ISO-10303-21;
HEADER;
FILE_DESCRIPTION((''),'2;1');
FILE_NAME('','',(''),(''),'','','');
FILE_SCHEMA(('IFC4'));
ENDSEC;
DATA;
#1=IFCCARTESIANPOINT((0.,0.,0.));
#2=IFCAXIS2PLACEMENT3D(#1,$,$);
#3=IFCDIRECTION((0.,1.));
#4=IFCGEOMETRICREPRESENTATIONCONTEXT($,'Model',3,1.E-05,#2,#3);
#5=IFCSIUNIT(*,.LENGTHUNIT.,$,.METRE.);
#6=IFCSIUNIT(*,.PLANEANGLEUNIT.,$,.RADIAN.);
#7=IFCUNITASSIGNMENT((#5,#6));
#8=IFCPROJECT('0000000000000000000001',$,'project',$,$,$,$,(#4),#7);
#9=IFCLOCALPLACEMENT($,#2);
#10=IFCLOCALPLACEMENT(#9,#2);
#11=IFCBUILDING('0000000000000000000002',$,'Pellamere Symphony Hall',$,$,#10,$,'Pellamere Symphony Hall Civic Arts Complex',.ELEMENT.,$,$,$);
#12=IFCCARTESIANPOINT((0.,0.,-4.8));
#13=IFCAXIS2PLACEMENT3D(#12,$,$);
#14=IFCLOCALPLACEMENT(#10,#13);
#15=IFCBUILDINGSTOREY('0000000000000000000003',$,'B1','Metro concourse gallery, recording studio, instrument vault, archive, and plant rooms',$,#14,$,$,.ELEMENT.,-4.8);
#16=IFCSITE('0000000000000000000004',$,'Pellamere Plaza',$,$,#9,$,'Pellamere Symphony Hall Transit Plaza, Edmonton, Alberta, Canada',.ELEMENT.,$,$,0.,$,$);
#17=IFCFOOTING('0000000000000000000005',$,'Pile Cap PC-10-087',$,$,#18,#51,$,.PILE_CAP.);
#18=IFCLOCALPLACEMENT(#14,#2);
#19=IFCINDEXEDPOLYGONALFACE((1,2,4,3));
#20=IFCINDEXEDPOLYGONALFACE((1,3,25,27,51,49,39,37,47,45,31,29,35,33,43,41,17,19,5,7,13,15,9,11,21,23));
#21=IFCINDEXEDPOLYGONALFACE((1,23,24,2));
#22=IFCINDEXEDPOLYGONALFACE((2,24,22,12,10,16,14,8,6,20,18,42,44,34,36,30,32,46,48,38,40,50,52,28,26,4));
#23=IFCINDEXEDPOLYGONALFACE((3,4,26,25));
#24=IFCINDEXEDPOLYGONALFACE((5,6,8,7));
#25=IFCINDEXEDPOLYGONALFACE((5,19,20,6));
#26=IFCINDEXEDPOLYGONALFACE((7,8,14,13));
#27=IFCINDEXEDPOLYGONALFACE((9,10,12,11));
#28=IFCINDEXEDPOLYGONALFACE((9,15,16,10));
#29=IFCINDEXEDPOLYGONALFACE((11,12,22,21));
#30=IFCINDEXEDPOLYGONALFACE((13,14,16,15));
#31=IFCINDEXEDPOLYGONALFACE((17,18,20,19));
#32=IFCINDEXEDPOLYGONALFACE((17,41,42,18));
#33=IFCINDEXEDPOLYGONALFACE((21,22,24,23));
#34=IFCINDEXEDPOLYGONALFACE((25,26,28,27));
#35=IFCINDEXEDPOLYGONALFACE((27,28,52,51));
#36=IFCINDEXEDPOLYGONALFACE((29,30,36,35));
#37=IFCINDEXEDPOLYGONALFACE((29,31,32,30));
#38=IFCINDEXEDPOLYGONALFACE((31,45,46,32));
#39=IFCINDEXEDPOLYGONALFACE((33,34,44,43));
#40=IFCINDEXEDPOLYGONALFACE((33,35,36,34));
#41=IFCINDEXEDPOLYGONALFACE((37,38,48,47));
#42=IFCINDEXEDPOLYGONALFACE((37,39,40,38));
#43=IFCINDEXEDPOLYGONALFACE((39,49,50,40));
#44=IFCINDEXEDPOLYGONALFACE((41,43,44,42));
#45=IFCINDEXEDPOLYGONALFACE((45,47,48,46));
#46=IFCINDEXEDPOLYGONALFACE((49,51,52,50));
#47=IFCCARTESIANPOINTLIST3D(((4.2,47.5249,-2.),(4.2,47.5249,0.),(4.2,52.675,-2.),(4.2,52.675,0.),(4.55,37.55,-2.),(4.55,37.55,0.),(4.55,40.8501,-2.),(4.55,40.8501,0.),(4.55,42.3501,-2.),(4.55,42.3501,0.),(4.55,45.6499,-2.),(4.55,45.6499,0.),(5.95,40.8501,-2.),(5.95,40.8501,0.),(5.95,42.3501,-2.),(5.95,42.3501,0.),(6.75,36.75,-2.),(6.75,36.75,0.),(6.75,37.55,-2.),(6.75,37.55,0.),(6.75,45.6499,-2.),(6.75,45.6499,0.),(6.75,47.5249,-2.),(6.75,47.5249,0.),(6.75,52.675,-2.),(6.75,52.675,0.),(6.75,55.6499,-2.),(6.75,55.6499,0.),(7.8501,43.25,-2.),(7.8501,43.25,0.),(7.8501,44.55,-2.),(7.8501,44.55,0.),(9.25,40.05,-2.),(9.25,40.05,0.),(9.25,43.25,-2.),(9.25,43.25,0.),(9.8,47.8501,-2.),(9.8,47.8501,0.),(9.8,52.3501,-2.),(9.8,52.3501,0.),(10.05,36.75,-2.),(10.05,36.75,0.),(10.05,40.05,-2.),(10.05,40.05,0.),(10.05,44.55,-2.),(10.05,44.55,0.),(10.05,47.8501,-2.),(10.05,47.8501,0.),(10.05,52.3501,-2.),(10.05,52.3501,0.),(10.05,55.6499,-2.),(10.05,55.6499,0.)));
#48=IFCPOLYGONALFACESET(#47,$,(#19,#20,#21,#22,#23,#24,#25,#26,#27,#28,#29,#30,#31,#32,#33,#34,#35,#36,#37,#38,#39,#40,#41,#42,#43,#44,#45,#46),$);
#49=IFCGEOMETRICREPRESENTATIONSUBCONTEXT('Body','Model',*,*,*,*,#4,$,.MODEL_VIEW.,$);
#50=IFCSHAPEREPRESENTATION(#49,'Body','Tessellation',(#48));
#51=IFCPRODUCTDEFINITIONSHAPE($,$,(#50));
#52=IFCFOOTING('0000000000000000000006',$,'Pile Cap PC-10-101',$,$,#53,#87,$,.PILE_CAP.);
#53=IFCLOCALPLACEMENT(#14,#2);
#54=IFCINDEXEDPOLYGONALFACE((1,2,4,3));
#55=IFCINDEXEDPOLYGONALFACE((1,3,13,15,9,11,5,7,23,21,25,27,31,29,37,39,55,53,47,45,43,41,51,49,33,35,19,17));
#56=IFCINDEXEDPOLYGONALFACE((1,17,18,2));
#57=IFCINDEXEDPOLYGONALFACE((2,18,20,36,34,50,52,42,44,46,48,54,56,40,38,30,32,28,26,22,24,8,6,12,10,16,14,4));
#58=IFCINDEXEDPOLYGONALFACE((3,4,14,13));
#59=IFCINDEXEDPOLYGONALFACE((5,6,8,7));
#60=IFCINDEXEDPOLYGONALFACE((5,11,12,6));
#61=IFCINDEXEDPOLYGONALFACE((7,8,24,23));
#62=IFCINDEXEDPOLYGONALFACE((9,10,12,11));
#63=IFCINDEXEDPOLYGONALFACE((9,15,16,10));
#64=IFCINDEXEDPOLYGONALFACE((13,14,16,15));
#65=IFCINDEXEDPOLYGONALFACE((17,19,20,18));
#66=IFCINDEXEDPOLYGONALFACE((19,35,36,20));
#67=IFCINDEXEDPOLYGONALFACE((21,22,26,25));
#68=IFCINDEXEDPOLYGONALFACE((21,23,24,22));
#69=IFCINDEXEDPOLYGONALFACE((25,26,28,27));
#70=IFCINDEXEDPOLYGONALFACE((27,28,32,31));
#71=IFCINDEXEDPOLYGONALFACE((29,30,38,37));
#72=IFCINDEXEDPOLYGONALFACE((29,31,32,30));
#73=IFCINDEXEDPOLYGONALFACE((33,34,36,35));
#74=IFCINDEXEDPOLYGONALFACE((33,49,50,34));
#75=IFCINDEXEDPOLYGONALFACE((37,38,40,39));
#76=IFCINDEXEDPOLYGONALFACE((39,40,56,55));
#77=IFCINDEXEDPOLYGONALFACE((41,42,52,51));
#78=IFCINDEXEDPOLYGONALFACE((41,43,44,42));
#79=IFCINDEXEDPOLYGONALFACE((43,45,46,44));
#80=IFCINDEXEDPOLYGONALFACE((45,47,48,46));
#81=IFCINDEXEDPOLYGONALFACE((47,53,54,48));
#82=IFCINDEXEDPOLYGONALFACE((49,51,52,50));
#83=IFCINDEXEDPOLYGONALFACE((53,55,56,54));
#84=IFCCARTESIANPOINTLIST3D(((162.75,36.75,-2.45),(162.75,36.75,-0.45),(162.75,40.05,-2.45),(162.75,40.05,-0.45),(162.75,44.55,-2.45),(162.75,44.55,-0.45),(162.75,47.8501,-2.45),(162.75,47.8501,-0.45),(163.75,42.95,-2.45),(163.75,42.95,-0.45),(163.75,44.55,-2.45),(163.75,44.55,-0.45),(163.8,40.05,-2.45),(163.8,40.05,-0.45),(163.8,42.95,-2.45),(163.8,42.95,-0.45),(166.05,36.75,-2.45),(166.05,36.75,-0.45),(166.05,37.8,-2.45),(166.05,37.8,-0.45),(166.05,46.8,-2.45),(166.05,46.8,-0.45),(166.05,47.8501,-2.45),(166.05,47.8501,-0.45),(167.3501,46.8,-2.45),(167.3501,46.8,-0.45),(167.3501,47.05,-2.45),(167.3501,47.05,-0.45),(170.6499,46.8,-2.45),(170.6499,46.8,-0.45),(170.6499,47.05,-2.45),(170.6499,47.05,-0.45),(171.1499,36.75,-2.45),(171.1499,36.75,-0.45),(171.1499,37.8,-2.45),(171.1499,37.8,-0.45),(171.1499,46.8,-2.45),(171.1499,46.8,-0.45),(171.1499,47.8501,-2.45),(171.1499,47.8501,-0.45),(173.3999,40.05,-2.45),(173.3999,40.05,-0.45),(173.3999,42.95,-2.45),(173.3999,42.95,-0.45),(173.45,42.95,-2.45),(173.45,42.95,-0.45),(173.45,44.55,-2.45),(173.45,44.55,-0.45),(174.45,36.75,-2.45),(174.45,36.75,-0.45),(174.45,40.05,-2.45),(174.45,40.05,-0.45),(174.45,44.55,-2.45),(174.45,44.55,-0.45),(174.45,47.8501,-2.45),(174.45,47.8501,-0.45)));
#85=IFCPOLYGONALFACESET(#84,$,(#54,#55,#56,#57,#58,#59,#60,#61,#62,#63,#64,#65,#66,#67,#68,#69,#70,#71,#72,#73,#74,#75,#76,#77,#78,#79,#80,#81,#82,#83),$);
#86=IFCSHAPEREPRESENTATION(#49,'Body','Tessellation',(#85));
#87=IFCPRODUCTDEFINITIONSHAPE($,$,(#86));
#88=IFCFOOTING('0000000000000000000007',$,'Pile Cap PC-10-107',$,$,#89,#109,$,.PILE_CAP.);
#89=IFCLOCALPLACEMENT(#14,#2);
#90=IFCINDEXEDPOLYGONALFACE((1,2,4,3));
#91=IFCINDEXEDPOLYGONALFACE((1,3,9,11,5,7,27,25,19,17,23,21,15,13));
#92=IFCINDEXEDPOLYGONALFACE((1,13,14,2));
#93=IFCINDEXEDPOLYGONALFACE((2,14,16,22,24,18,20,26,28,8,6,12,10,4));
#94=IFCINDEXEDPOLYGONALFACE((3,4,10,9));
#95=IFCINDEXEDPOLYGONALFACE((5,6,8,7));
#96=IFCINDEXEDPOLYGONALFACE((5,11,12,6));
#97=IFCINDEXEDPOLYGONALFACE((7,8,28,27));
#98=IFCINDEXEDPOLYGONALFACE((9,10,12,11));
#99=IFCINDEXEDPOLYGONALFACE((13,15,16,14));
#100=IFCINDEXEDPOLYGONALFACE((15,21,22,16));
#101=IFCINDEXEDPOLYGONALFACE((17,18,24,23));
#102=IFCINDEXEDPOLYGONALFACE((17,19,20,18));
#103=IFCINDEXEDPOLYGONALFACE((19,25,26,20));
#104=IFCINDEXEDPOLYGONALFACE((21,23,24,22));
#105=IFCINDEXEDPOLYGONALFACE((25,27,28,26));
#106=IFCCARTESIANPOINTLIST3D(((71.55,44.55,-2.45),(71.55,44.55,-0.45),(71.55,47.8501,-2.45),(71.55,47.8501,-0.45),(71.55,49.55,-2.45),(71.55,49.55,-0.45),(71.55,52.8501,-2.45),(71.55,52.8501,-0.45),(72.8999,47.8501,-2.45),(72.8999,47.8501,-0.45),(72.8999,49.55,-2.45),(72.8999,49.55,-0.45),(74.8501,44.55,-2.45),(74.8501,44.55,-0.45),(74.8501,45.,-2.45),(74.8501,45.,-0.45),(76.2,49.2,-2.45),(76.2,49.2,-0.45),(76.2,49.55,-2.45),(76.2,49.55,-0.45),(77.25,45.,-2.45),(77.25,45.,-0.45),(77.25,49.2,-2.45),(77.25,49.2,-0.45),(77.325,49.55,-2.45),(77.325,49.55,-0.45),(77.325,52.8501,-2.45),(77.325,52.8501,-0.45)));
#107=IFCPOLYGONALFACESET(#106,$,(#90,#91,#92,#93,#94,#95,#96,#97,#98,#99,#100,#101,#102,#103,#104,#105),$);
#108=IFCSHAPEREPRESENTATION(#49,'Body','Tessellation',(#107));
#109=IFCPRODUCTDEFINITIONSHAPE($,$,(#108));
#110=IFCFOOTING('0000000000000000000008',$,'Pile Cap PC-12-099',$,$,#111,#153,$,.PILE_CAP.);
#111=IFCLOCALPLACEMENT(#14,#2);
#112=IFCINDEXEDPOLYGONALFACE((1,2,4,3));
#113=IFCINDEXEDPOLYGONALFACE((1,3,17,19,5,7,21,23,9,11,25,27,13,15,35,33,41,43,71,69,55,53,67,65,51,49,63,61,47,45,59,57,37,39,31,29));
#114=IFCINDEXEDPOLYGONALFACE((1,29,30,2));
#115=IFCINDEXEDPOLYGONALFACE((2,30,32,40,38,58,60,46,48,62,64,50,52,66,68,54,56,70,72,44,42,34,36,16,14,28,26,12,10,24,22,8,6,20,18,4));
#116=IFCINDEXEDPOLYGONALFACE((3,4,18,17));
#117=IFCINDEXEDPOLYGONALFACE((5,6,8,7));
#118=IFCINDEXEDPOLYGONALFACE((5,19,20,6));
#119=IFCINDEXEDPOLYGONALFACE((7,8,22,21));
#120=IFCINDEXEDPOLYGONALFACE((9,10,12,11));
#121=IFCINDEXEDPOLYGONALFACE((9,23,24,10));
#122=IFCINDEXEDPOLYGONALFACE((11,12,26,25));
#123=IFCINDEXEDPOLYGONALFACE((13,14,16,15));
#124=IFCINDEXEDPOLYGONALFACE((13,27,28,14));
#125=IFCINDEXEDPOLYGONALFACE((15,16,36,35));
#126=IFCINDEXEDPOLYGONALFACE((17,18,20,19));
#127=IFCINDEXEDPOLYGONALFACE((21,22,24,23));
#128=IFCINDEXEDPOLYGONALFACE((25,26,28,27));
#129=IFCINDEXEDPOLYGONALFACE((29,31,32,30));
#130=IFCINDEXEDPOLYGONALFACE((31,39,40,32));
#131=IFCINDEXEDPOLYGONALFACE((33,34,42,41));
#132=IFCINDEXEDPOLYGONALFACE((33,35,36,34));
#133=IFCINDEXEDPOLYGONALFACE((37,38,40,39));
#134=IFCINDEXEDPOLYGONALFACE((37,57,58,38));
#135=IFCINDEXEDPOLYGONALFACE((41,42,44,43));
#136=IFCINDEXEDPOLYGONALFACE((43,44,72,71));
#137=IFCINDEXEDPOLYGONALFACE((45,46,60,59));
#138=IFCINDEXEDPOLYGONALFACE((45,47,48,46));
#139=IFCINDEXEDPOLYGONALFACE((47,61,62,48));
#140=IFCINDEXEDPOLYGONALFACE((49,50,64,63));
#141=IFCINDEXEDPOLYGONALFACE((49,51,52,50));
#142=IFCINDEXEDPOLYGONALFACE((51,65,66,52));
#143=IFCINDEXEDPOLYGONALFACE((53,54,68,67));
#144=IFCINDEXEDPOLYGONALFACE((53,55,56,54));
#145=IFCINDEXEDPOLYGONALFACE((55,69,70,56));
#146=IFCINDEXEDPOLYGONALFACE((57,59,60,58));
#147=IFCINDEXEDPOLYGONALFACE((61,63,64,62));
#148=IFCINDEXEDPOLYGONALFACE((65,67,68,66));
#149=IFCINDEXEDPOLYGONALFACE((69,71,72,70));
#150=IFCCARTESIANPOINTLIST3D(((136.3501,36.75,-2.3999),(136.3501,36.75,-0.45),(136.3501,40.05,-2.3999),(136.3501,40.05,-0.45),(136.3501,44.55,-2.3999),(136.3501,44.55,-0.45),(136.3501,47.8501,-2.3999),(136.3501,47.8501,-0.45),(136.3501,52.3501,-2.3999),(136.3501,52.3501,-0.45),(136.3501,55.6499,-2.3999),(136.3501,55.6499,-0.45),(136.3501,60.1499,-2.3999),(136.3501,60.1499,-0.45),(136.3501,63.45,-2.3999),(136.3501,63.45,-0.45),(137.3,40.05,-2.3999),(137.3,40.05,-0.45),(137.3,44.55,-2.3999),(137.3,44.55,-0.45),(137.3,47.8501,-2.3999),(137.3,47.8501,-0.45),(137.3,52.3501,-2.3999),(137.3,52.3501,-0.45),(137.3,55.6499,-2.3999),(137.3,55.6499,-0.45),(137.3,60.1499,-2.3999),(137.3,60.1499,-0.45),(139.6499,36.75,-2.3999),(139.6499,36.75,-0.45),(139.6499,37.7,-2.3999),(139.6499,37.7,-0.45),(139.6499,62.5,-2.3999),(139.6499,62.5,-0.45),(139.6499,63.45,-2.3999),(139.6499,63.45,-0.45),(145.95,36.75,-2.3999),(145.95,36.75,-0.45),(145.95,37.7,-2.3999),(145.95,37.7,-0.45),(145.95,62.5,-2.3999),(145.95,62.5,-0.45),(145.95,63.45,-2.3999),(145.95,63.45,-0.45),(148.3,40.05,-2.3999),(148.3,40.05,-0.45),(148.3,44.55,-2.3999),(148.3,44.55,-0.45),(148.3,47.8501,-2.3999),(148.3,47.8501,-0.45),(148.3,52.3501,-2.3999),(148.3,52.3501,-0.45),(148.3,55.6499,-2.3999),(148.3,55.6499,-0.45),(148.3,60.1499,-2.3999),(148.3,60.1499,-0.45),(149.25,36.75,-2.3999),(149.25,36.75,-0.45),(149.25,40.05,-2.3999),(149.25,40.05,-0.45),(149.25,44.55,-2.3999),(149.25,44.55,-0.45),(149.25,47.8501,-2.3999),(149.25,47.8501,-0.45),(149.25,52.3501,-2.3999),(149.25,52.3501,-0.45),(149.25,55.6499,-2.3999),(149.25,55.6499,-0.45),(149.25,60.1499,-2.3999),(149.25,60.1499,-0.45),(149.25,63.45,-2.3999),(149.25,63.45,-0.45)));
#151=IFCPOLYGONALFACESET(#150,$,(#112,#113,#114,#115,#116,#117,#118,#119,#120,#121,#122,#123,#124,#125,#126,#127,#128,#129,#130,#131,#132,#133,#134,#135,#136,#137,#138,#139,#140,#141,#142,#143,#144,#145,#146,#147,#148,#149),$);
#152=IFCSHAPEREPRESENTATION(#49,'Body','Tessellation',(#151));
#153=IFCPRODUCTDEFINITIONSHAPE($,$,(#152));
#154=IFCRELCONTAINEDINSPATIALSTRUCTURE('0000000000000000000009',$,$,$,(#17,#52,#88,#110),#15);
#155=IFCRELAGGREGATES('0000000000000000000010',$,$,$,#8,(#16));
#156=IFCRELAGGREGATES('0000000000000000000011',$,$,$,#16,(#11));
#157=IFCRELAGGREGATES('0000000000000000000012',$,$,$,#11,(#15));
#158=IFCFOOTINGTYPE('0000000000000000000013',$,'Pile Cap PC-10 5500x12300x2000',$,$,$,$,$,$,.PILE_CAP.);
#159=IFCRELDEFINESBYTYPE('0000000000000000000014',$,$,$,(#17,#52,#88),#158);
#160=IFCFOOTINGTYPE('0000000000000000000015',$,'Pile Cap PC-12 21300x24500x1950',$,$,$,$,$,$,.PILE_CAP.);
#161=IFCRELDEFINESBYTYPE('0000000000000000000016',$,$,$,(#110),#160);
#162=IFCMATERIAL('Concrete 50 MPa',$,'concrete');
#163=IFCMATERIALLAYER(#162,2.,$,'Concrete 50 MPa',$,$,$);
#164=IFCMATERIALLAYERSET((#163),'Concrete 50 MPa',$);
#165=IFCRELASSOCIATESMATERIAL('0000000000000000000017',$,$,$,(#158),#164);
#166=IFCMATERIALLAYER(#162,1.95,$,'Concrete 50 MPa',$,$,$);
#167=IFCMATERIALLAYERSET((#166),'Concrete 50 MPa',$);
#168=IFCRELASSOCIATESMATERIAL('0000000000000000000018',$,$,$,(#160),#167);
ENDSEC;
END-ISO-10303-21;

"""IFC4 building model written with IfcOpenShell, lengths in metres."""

from ifc_helpers import new_model, si_unit, direction, frame, origin, place, context, subcontext, project, spatial, polyline, outline, extrude, material, layer, layer_set, type_object, element, save


model = new_model("IFC4")

# Units and contexts
model_context = context("Model", 3, precision=1e-05, world=origin(), true_north=direction((0.0, 1.0)))
body_context = subcontext(model_context, "Body", "Model", "MODEL_VIEW")
ifc_project = project(units=[si_unit("LENGTHUNIT", "METRE"), si_unit("PLANEANGLEUNIT", "RADIAN")], contexts=[model_context])

# Site, building, storey
site_placement = place(None, origin())
site = spatial("IfcSite", under=ifc_project, at=site_placement, Name="Pellamere Plaza", LongName="Pellamere Symphony Hall Transit Plaza, Edmonton, Alberta, Canada", CompositionType="ELEMENT", RefElevation=0.0)
building_placement = place(site_placement, origin())
building = spatial("IfcBuilding", under=site, at=building_placement, Name="Pellamere Symphony Hall", LongName="Pellamere Symphony Hall Civic Arts Complex", CompositionType="ELEMENT")
storey_placement = place(building_placement, frame((0.0, 0.0, -4.8)))
storey = spatial("IfcBuildingStorey", under=building, at=storey_placement, Name="B1", Description="Metro concourse gallery, recording studio, instrument vault, archive, and plant rooms", CompositionType="ELEMENT", Elevation=-4.8)

# Footings
ifc_material_1 = material(Name="Concrete 50 MPa", Category="concrete")
ifc_layer_1 = layer(ifc_material_1, 2.0, Name="Concrete 50 MPa")
ifc_layer_set_1 = layer_set([ifc_layer_1], Name="Concrete 50 MPa")
footing_type_1 = type_object("IfcFootingType", Name="Pile Cap PC-10 5500x12300x2000", PredefinedType="PILE_CAP", material=ifc_layer_set_1)
footing_1_placement = place(storey_placement, frame((0.0, 0.0, -2.0)))
element("IfcFooting", 1, at=footing_1_placement, inside=storey, type_object=footing_type_1, Name="Pile Cap PC-10-087", PredefinedType="PILE_CAP", context=body_context, shape_type="SweptSolid", body=[
    extrude(outline(polyline([(4.55, 40.8501), (5.95, 40.8501), (5.95, 42.3501), (4.55, 42.3501), (4.55, 45.6499), (6.75, 45.6499), (6.75, 47.5249), (4.2, 47.5249), (4.2, 52.675), (6.75, 52.675), (6.75, 55.6499), (10.05, 55.6499), (10.05, 52.3501), (9.8, 52.3501), (9.8, 47.8501), (10.05, 47.8501), (10.05, 44.55), (7.8501, 44.55), (7.8501, 43.25), (9.25, 43.25), (9.25, 40.05), (10.05, 40.05), (10.05, 36.75), (6.75, 36.75), (6.75, 37.55), (4.55, 37.55), (4.55, 40.8501)])), origin(), (0.0, 0.0, 1.0), 2.0),
])
footing_2_placement = place(storey_placement, frame((0.0, 0.0, -2.45)))
element("IfcFooting", 2, at=footing_2_placement, inside=storey, type_object=footing_type_1, Name="Pile Cap PC-10-101", PredefinedType="PILE_CAP", context=body_context, shape_type="SweptSolid", body=[
    extrude(outline(polyline([(163.75, 42.95), (163.75, 44.55), (162.75, 44.55), (162.75, 47.8501), (166.05, 47.8501), (166.05, 46.8), (167.3501, 46.8), (167.3501, 47.05), (170.6499, 47.05), (170.6499, 46.8), (171.1499, 46.8), (171.1499, 47.8501), (174.45, 47.8501), (174.45, 44.55), (173.45, 44.55), (173.45, 42.95), (173.3999, 42.95), (173.3999, 40.05), (174.45, 40.05), (174.45, 36.75), (171.1499, 36.75), (171.1499, 37.8), (166.05, 37.8), (166.05, 36.75), (162.75, 36.75), (162.75, 40.05), (163.8, 40.05), (163.8, 42.95), (163.75, 42.95)])), origin(), (0.0, 0.0, 1.0), 2.0),
])
footing_3_placement = place(storey_placement, frame((0.0, 0.0, -2.45)))
element("IfcFooting", 3, at=footing_3_placement, inside=storey, type_object=footing_type_1, Name="Pile Cap PC-10-107", PredefinedType="PILE_CAP", context=body_context, shape_type="SweptSolid", body=[
    extrude(outline(polyline([(71.55, 49.55), (71.55, 52.8501), (77.325, 52.8501), (77.325, 49.55), (76.2, 49.55), (76.2, 49.2), (77.25, 49.2), (77.25, 45.0), (74.8501, 45.0), (74.8501, 44.55), (71.55, 44.55), (71.55, 47.8501), (72.8999, 47.8501), (72.8999, 49.55), (71.55, 49.55)])), origin(), (0.0, 0.0, 1.0), 2.0),
])
ifc_layer_2 = layer(ifc_material_1, 1.95, Name="Concrete 50 MPa")
ifc_layer_set_2 = layer_set([ifc_layer_2], Name="Concrete 50 MPa")
footing_type_2 = type_object("IfcFootingType", Name="Pile Cap PC-12 21300x24500x1950", PredefinedType="PILE_CAP", material=ifc_layer_set_2)
footing_4_placement = place(storey_placement, frame((0.0, 0.0, -2.3999)))
element("IfcFooting", 4, at=footing_4_placement, inside=storey, type_object=footing_type_2, Name="Pile Cap PC-12-099", PredefinedType="PILE_CAP", context=body_context, shape_type="SweptSolid", body=[
    extrude(outline(polyline([(136.3501, 36.75), (136.3501, 40.05), (137.3, 40.05), (137.3, 44.55), (136.3501, 44.55), (136.3501, 47.8501), (137.3, 47.8501), (137.3, 52.3501), (136.3501, 52.3501), (136.3501, 55.6499), (137.3, 55.6499), (137.3, 60.1499), (136.3501, 60.1499), (136.3501, 63.45), (139.6499, 63.45), (139.6499, 62.5), (145.95, 62.5), (145.95, 63.45), (149.25, 63.45), (149.25, 60.1499), (148.3, 60.1499), (148.3, 55.6499), (149.25, 55.6499), (149.25, 52.3501), (148.3, 52.3501), (148.3, 47.8501), (149.25, 47.8501), (149.25, 44.55), (148.3, 44.55), (148.3, 40.05), (149.25, 40.05), (149.25, 36.75), (145.95, 36.75), (145.95, 37.7), (139.6499, 37.7), (139.6499, 36.75), (136.3501, 36.75)])), origin(), (0.0, 0.0, 1.0), 1.95),
])

save(model, "model.ifc")
